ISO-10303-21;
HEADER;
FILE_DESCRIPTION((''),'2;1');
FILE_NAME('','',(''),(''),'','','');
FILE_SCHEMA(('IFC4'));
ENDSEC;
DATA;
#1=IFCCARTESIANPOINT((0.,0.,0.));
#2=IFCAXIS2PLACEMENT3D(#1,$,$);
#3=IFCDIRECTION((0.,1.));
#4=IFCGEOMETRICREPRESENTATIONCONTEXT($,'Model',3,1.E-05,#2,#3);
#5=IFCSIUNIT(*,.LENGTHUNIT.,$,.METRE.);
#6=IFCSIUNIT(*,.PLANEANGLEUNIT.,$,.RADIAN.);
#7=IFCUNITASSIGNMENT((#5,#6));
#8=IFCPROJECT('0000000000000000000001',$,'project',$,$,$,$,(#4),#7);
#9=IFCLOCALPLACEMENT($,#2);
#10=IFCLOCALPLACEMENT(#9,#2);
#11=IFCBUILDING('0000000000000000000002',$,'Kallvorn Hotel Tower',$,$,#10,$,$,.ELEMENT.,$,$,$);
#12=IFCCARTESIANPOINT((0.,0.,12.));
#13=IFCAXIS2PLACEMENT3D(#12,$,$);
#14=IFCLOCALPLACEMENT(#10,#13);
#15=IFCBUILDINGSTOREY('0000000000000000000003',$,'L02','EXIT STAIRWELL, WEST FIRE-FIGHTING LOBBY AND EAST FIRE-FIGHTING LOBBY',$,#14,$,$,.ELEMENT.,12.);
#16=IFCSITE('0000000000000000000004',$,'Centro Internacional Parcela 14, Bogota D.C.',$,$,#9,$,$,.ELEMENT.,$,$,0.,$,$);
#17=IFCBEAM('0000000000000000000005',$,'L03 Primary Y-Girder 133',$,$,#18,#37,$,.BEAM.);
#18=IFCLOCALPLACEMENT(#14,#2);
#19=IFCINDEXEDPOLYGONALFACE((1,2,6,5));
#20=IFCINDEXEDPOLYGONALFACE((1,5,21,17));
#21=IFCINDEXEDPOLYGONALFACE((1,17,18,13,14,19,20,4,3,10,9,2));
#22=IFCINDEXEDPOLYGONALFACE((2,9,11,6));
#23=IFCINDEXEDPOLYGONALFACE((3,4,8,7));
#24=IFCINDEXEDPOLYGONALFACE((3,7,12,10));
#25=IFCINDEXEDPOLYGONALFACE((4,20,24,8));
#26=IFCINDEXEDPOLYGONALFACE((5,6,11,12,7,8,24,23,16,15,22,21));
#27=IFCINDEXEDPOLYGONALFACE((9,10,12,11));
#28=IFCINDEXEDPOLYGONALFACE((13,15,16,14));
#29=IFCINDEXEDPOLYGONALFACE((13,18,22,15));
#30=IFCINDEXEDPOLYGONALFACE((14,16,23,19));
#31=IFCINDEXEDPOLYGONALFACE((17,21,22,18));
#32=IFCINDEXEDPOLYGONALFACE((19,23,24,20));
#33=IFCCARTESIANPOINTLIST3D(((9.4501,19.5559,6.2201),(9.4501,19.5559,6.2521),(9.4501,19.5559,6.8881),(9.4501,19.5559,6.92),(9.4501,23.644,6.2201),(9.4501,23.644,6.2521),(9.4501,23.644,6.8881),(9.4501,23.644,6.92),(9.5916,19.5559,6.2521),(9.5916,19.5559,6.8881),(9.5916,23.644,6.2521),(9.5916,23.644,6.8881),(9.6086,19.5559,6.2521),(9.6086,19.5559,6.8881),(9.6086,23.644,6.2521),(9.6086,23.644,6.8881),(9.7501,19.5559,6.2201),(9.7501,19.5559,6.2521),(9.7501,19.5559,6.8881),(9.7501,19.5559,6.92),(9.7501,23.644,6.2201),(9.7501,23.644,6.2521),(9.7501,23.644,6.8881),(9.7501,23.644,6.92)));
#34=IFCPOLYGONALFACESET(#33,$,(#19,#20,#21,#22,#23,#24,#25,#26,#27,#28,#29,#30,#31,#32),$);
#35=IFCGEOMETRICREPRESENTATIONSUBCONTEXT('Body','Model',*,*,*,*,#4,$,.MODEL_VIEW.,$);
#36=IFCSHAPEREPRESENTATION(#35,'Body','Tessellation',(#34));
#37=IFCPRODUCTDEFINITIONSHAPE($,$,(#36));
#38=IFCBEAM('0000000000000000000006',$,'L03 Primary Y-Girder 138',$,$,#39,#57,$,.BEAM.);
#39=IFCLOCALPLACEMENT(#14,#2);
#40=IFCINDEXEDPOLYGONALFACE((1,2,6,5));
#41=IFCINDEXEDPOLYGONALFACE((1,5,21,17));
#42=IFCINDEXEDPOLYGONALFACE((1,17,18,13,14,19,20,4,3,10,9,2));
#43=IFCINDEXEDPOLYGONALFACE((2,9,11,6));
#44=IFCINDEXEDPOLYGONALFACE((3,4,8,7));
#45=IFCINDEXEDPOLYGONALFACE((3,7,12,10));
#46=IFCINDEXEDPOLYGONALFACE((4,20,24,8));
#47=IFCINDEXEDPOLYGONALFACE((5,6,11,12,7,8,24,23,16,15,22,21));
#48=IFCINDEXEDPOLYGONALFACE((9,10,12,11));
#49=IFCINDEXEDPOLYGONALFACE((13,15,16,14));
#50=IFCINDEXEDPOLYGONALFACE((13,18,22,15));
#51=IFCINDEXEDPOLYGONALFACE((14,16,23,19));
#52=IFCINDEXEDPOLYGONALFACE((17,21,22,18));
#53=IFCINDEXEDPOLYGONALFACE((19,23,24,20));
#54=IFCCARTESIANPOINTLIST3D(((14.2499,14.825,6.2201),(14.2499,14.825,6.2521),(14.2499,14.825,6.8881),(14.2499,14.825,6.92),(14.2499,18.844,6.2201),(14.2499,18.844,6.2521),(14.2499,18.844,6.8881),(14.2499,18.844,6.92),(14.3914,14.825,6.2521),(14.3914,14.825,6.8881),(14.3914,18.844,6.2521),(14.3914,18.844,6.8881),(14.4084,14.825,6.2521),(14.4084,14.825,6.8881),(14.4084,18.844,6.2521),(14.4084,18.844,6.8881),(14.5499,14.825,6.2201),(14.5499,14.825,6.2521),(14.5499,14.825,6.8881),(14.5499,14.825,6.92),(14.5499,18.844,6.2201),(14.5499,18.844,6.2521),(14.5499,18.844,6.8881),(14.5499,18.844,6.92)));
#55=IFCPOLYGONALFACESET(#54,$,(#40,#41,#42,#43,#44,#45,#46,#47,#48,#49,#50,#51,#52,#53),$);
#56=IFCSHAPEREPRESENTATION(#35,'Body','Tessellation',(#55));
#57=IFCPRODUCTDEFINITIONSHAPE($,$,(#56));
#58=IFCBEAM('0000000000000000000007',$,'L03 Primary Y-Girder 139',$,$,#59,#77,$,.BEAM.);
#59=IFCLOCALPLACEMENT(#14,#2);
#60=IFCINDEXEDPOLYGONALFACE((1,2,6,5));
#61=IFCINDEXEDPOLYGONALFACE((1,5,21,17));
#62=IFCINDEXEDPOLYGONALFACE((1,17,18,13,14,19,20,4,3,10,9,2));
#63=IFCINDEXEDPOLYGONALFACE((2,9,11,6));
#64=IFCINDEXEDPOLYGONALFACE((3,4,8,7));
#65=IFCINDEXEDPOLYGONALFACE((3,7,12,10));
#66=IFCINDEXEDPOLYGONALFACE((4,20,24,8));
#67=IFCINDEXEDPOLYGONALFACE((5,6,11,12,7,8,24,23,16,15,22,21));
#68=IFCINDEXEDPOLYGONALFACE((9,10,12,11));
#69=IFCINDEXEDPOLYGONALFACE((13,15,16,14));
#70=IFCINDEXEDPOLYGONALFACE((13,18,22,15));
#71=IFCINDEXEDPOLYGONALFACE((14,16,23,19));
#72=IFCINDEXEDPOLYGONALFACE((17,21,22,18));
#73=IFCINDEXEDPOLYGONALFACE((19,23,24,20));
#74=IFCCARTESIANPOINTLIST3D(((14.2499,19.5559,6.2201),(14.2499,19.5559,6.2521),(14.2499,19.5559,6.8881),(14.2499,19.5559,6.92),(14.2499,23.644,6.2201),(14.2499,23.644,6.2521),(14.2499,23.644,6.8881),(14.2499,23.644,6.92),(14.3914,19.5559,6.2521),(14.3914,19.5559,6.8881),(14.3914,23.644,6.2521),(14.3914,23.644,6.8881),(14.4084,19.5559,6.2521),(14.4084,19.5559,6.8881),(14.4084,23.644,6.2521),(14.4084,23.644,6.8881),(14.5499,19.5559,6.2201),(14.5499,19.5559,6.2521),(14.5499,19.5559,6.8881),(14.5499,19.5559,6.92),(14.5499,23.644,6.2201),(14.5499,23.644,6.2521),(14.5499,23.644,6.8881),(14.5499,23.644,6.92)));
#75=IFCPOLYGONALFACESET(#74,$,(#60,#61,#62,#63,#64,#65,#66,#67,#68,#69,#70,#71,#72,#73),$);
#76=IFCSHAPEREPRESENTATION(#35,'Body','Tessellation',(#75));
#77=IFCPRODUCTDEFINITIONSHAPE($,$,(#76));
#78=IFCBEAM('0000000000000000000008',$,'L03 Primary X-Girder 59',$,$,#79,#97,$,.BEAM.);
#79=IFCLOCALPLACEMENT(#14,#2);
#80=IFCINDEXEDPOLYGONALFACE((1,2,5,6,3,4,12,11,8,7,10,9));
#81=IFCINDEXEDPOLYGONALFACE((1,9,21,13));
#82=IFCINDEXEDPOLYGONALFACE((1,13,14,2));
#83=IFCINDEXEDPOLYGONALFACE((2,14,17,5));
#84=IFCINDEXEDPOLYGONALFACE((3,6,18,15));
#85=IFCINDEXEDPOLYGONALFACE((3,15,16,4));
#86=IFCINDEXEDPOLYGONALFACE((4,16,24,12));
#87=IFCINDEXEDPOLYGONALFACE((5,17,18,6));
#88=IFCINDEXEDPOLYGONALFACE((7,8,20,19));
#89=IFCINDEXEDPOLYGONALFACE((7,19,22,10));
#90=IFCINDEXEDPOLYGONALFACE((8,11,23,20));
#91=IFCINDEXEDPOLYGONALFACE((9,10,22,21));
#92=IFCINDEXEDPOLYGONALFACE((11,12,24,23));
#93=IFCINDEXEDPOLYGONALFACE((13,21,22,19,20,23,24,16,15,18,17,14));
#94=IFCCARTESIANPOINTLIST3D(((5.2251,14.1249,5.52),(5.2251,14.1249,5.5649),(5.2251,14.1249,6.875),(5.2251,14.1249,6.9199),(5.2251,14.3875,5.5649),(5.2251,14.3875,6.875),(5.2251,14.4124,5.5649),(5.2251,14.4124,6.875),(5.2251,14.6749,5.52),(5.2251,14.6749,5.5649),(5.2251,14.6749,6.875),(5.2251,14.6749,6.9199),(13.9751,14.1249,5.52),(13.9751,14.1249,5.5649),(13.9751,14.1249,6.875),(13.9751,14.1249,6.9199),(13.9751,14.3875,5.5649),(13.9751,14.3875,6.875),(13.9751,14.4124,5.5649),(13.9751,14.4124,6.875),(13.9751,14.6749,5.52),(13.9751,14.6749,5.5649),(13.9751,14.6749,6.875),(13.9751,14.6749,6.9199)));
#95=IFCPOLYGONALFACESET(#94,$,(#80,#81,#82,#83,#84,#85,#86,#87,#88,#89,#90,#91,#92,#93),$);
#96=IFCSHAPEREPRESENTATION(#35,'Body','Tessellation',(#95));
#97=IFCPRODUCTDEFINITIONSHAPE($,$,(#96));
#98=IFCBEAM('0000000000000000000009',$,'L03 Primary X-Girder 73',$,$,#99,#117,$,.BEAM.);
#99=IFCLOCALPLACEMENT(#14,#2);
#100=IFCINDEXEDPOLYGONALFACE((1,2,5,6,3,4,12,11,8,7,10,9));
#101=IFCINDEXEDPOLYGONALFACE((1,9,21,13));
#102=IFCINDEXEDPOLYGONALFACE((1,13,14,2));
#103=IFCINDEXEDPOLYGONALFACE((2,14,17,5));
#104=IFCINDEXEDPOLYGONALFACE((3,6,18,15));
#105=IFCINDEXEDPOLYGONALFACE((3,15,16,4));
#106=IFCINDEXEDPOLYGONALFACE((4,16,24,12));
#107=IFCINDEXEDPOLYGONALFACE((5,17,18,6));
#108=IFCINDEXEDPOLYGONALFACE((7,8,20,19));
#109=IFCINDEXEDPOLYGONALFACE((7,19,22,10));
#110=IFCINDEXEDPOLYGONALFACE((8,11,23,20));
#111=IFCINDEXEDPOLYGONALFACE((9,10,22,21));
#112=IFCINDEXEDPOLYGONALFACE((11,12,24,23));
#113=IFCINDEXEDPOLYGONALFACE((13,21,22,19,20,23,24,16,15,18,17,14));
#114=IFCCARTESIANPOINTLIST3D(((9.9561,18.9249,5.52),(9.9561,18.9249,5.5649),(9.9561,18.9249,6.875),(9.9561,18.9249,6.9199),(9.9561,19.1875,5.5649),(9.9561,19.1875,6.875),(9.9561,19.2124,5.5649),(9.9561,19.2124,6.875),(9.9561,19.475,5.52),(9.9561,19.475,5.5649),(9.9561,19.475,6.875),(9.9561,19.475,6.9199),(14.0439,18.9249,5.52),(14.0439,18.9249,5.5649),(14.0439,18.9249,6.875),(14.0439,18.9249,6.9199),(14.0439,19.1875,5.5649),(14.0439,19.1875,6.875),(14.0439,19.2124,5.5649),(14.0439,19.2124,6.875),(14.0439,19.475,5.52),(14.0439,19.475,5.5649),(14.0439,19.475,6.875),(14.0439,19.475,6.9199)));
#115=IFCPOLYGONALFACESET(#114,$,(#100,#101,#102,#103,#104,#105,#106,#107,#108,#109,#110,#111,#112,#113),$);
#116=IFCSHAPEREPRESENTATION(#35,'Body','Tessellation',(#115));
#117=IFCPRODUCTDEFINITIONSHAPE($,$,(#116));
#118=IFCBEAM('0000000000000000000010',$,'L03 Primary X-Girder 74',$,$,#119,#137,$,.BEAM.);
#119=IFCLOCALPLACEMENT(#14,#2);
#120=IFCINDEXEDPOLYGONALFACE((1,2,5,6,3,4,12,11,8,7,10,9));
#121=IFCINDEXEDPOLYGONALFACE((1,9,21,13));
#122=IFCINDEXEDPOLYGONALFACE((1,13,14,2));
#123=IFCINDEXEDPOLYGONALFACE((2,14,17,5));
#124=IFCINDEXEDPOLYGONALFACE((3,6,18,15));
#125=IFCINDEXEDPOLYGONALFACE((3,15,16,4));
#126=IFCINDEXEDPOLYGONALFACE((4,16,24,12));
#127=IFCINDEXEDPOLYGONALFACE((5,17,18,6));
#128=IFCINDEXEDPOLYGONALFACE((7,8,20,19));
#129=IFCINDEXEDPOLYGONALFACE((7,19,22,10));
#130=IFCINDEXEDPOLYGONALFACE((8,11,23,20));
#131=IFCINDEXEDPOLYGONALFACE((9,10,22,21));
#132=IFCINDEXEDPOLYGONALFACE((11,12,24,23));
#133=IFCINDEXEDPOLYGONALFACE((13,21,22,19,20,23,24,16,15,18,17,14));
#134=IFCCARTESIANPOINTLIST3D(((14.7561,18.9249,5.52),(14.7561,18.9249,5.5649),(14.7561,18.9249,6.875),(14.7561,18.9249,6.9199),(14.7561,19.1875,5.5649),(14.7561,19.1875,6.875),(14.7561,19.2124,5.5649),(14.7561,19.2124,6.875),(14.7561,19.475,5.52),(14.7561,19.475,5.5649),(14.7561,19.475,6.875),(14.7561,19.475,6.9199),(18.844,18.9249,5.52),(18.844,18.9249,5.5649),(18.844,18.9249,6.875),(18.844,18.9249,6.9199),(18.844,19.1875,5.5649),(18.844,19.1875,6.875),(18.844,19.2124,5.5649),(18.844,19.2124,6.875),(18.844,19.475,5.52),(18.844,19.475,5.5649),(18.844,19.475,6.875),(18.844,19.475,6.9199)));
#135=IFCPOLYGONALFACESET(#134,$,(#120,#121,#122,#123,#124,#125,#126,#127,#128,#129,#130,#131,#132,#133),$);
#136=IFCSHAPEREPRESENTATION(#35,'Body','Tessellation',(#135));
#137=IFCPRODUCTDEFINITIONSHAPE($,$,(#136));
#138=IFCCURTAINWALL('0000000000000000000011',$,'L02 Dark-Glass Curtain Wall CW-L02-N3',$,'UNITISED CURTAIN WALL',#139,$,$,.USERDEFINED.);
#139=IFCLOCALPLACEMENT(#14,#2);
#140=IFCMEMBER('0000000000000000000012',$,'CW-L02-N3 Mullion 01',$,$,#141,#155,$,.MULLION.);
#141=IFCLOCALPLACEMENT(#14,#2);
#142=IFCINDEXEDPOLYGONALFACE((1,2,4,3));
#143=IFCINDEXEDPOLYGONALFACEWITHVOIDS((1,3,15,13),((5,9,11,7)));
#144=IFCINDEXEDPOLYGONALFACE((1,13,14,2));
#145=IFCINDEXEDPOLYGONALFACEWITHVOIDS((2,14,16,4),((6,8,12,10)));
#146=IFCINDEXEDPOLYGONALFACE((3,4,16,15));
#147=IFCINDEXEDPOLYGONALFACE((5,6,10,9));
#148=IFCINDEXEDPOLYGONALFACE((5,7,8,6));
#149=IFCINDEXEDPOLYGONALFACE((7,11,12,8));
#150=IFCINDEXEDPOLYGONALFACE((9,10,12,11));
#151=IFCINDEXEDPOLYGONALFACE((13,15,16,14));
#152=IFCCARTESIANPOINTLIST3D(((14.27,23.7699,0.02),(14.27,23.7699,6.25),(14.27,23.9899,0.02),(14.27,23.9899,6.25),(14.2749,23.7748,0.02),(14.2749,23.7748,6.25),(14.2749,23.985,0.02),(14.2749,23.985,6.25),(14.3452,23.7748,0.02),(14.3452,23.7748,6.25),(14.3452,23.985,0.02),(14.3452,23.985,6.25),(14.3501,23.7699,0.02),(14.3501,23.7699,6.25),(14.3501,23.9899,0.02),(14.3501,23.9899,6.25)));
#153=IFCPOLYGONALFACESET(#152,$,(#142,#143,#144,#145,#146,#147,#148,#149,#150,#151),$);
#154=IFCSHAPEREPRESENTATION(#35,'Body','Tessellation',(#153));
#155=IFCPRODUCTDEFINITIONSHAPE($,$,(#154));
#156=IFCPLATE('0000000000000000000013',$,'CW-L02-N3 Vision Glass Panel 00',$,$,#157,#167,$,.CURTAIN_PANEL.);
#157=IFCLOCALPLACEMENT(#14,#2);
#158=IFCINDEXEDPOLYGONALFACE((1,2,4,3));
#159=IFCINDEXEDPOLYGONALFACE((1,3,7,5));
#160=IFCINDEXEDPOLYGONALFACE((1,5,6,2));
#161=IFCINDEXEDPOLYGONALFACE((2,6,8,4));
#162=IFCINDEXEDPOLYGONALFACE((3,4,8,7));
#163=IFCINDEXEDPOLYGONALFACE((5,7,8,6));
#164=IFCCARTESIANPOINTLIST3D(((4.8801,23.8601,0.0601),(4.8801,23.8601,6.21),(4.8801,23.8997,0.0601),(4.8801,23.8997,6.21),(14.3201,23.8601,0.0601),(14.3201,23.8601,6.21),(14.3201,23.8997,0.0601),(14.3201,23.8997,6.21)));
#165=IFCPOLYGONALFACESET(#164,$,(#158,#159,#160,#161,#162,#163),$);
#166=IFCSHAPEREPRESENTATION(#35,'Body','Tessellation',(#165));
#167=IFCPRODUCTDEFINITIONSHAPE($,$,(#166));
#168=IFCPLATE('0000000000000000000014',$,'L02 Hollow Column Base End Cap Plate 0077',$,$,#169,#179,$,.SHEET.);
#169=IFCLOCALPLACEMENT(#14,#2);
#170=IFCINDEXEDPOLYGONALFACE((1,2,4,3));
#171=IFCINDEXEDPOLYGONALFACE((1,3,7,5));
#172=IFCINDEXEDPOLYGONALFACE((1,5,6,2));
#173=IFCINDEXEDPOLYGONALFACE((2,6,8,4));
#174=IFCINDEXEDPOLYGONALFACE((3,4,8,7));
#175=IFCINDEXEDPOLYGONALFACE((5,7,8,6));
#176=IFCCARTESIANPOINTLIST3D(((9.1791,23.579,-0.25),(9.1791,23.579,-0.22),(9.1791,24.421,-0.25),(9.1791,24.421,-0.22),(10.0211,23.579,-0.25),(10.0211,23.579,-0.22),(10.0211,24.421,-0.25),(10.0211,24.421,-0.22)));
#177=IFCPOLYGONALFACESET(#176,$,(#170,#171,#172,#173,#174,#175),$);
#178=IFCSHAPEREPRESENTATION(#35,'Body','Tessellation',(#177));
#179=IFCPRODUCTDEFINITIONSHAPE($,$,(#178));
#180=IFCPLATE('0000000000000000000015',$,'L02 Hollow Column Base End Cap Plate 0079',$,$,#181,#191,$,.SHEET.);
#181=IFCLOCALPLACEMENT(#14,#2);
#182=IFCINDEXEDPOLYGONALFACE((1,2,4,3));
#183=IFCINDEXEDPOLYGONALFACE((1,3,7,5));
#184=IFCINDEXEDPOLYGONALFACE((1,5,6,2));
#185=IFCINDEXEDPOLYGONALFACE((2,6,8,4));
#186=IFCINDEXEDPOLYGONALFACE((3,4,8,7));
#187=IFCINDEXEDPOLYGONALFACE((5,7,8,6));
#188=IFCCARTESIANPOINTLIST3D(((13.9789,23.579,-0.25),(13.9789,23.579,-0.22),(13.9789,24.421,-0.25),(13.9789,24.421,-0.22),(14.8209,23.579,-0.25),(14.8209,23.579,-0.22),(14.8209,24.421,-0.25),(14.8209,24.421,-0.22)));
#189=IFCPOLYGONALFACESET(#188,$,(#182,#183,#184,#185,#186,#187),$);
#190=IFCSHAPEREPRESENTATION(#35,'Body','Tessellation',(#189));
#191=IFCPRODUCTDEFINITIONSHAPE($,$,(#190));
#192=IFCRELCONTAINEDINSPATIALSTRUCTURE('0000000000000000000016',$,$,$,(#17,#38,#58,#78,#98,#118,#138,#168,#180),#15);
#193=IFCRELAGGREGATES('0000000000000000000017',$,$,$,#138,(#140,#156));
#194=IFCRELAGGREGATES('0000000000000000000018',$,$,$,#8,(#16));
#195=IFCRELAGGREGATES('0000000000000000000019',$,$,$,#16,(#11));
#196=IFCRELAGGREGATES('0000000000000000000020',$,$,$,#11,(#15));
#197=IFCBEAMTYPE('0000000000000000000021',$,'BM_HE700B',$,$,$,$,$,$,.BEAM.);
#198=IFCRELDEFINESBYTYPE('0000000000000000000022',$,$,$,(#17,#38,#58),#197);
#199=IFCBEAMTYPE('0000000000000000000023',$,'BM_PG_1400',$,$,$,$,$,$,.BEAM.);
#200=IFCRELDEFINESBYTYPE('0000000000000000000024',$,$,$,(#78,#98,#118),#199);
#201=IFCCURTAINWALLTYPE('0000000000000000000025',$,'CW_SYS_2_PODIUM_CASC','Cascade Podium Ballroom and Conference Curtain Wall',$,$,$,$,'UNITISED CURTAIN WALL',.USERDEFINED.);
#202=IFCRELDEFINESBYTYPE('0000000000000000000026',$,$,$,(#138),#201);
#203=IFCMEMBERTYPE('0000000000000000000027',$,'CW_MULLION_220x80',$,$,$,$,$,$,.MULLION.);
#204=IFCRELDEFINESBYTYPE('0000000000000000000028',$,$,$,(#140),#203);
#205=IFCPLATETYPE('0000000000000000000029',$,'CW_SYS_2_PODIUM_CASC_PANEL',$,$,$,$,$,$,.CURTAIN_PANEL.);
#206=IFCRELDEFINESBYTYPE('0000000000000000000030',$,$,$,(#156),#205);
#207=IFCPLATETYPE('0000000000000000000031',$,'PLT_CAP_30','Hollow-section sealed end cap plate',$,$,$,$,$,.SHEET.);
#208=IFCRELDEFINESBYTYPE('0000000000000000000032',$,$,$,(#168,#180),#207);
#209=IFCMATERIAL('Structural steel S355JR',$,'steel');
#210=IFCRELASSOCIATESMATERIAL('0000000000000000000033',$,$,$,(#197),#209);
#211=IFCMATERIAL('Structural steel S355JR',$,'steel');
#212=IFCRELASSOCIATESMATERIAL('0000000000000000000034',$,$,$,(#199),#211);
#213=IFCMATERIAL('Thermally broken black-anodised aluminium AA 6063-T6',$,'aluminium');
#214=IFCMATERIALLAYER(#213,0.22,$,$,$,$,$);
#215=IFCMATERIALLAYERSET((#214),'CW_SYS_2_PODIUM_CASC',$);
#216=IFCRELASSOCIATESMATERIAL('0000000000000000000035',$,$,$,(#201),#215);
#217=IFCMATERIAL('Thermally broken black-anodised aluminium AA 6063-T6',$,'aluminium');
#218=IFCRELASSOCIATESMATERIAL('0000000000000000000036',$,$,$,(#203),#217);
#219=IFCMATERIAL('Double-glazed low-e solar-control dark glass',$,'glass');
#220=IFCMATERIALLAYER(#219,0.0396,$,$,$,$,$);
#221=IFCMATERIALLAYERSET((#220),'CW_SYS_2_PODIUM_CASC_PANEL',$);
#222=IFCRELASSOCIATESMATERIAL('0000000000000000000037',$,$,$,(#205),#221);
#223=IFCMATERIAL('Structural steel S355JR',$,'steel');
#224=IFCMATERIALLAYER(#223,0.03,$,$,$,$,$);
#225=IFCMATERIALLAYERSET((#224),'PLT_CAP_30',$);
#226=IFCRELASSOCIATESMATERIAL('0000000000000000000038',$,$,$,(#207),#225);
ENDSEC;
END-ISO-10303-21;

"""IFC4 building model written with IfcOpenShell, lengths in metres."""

from ifc_helpers import new_model, si_unit, direction, frame, origin, origin_2d, place, context, subcontext, project, spatial, rectangle, hollow_rectangle, i_section, extrude, material, layer, layer_set, material_profile, profile_set, type_object, element, aggregate, save


model = new_model("IFC4")

# Units and contexts
model_context = context("Model", 3, precision=1e-05, world=origin(), true_north=direction((0.0, 1.0)))
body_context = subcontext(model_context, "Body", "Model", "MODEL_VIEW")
ifc_project = project(units=[si_unit("LENGTHUNIT", "METRE"), si_unit("PLANEANGLEUNIT", "RADIAN")], contexts=[model_context])

# Site, building, storey
site_placement = place(None, origin())
site = spatial("IfcSite", under=ifc_project, at=site_placement, Name="Centro Internacional Parcela 14, Bogota D.C.", CompositionType="ELEMENT", RefElevation=0.0)
building_placement = place(site_placement, origin())
building = spatial("IfcBuilding", under=site, at=building_placement, Name="Kallvorn Hotel Tower", CompositionType="ELEMENT")
storey_placement = place(building_placement, frame((0.0, 0.0, 12.0)))
storey = spatial("IfcBuildingStorey", under=building, at=storey_placement, Name="L02", Description="EXIT STAIRWELL, WEST FIRE-FIGHTING LOBBY AND EAST FIRE-FIGHTING LOBBY", CompositionType="ELEMENT", Elevation=12.0)

# Beams
ifc_material_1 = material(Name="Structural steel S355JR", Category="steel")
ifc_material_profile_1 = material_profile(ifc_material_1, i_section(OverallWidth=0.3, OverallDepth=0.7, WebThickness=0.0171, FlangeThickness=0.032, at=origin_2d()), Name="HE 700 B")
ifc_profile_set_1 = profile_set([ifc_material_profile_1], Name="Structural steel S355JR")
beam_type_1 = type_object("IfcBeamType", Name="BM_HE700B", PredefinedType="BEAM", material=ifc_profile_set_1)
beam_1_placement = place(storey_placement, frame((9.6001, 19.5559, 6.5701), z_axis=(0.0, 1.0, 0.0), x_axis=(-1.0, 0.0, 0.0)))
element("IfcBeam", 1, at=beam_1_placement, inside=storey, type_object=beam_type_1, Name="L03 Primary Y-Girder 133", PredefinedType="BEAM", context=body_context, shape_type="SweptSolid", body=[
    extrude(i_section(OverallWidth=0.3, OverallDepth=0.7, WebThickness=0.0171, FlangeThickness=0.032, at=origin_2d()), origin(), (0.0, 0.0, 1.0), 4.0881),
])
beam_2_placement = place(storey_placement, frame((14.3999, 14.825, 6.5701), z_axis=(0.0, 1.0, 0.0), x_axis=(-1.0, 0.0, 0.0)))
element("IfcBeam", 2, at=beam_2_placement, inside=storey, type_object=beam_type_1, Name="L03 Primary Y-Girder 138", PredefinedType="BEAM", context=body_context, shape_type="SweptSolid", body=[
    extrude(i_section(OverallWidth=0.3, OverallDepth=0.7, WebThickness=0.0171, FlangeThickness=0.032, at=origin_2d()), origin(), (0.0, 0.0, 1.0), 4.019),
])
beam_3_placement = place(storey_placement, frame((14.3999, 19.5559, 6.5701), z_axis=(0.0, 1.0, 0.0), x_axis=(-1.0, 0.0, 0.0)))
element("IfcBeam", 3, at=beam_3_placement, inside=storey, type_object=beam_type_1, Name="L03 Primary Y-Girder 139", PredefinedType="BEAM", context=body_context, shape_type="SweptSolid", body=[
    extrude(i_section(OverallWidth=0.3, OverallDepth=0.7, WebThickness=0.0171, FlangeThickness=0.032, at=origin_2d()), origin(), (0.0, 0.0, 1.0), 4.0881),
])
ifc_material_2 = material(Name="Structural steel S355JR", Category="steel")
ifc_material_profile_2 = material_profile(ifc_material_2, i_section(OverallWidth=0.55, OverallDepth=1.3999, WebThickness=0.0249, FlangeThickness=0.0449, at=origin_2d()), Name="PG 1400x550x25x45")
ifc_profile_set_2 = profile_set([ifc_material_profile_2], Name="Structural steel S355JR")
beam_type_2 = type_object("IfcBeamType", Name="BM_PG_1400", PredefinedType="BEAM", material=ifc_profile_set_2)
beam_4_placement = place(storey_placement, frame((5.2251, 14.3999, 6.22), z_axis=(1.0, 0.0, 0.0), x_axis=(0.0, 1.0, 0.0)))
element("IfcBeam", 4, at=beam_4_placement, inside=storey, type_object=beam_type_2, Name="L03 Primary X-Girder 59", PredefinedType="BEAM", context=body_context, shape_type="SweptSolid", body=[
    extrude(i_section(OverallWidth=0.55, OverallDepth=1.3999, WebThickness=0.0249, FlangeThickness=0.0449, at=origin_2d()), origin(), (0.0, 0.0, 1.0), 8.75),
])
for number, where, z_axis, x_axis, name in (
    (5, (9.9561, 19.2, 6.22), (1.0, 0.0, 0.0), (0.0, 1.0, 0.0), "L03 Primary X-Girder 73"),
    (6, (14.7561, 19.2, 6.22), (1.0, 0.0, 0.0), (0.0, 1.0, 0.0), "L03 Primary X-Girder 74"),
):
    element("IfcBeam", number, at=place(storey_placement, frame(where, z_axis=z_axis, x_axis=x_axis)), inside=storey, type_object=beam_type_2, Name=name, PredefinedType="BEAM", context=body_context, shape_type="SweptSolid", body=[
        extrude(i_section(OverallWidth=0.55, OverallDepth=1.3999, WebThickness=0.0249, FlangeThickness=0.0449, at=origin_2d()), origin(), (0.0, 0.0, 1.0), 4.0879),
    ])

# Curtain wall, member, plate
ifc_material_3 = material(Name="Thermally broken black-anodised aluminium AA 6063-T6", Category="aluminium")
ifc_layer_1 = layer(ifc_material_3, 0.22)
ifc_layer_set_1 = layer_set([ifc_layer_1], Name="CW_SYS_2_PODIUM_CASC")
curtain_wall_type = type_object("IfcCurtainWallType", Name="CW_SYS_2_PODIUM_CASC", Description="Cascade Podium Ballroom and Conference Curtain Wall", ElementType="UNITISED CURTAIN WALL", PredefinedType="USERDEFINED", material=ifc_layer_set_1)
curtain_wall_placement = place(storey_placement, origin())
curtain_wall = element("IfcCurtainWall", 7, at=curtain_wall_placement, inside=storey, type_object=curtain_wall_type, Name="L02 Dark-Glass Curtain Wall CW-L02-N3", ObjectType="UNITISED CURTAIN WALL", PredefinedType="USERDEFINED")
ifc_material_4 = material(Name="Thermally broken black-anodised aluminium AA 6063-T6", Category="aluminium")
ifc_material_profile_3 = material_profile(ifc_material_4, hollow_rectangle(XDim=0.0801, YDim=0.22, WallThickness=0.0049, at=origin_2d()), Name="MUL 220x80")
ifc_profile_set_3 = profile_set([ifc_material_profile_3], Name="Thermally broken black-anodised aluminium AA 6063-T6")
member_type = type_object("IfcMemberType", Name="CW_MULLION_220x80", PredefinedType="MULLION", material=ifc_profile_set_3)
member_placement = place(storey_placement, frame((14.3101, 23.8799, 0.02), z_axis=(0.0, 0.0, 1.0), x_axis=(1.0, 0.0, 0.0)))
member = element("IfcMember", 8, at=member_placement, type_object=member_type, Name="CW-L02-N3 Mullion 01", PredefinedType="MULLION", context=body_context, shape_type="SweptSolid", body=[
    extrude(hollow_rectangle(XDim=0.0801, YDim=0.22, WallThickness=0.0049, at=origin_2d()), origin(), (0.0, 0.0, 1.0), 6.23),
])
ifc_material_5 = material(Name="Double-glazed low-e solar-control dark glass", Category="glass")
ifc_layer_2 = layer(ifc_material_5, 0.0396)
ifc_layer_set_2 = layer_set([ifc_layer_2], Name="CW_SYS_2_PODIUM_CASC_PANEL")
plate_type_1 = type_object("IfcPlateType", Name="CW_SYS_2_PODIUM_CASC_PANEL", PredefinedType="CURTAIN_PANEL", material=ifc_layer_set_2)
plate_placement = place(storey_placement, frame((9.6001, 23.8799, 0.0601), z_axis=(0.0, 0.0, 1.0), x_axis=(1.0, 0.0, 0.0)))
plate = element("IfcPlate", 9, at=plate_placement, type_object=plate_type_1, Name="CW-L02-N3 Vision Glass Panel 00", PredefinedType="CURTAIN_PANEL", context=body_context, shape_type="SweptSolid", body=[
    extrude(rectangle(XDim=9.4399, YDim=0.0396, at=origin_2d()), origin(), (0.0, 0.0, 1.0), 6.1499),
])
aggregate(curtain_wall, [member, plate])

# Plates
ifc_material_6 = material(Name="Structural steel S355JR", Category="steel")
ifc_layer_3 = layer(ifc_material_6, 0.03)
ifc_layer_set_3 = layer_set([ifc_layer_3], Name="PLT_CAP_30")
plate_type_2 = type_object("IfcPlateType", Name="PLT_CAP_30", Description="Hollow-section sealed end cap plate", PredefinedType="SHEET", material=ifc_layer_set_3)
for number, where, z_axis, x_axis, name in (
    (10, (9.6001, 24.0, -0.25), (0.0, 0.0, 1.0), (1.0, 0.0, 0.0), "L02 Hollow Column Base End Cap Plate 0077"),
    (11, (14.3999, 24.0, -0.25), (0.0, 0.0, 1.0), (1.0, 0.0, 0.0), "L02 Hollow Column Base End Cap Plate 0079"),
):
    element("IfcPlate", number, at=place(storey_placement, frame(where, z_axis=z_axis, x_axis=x_axis)), inside=storey, type_object=plate_type_2, Name=name, PredefinedType="SHEET", context=body_context, shape_type="SweptSolid", body=[
        extrude(rectangle(XDim=0.842, YDim=0.842, at=origin_2d()), origin(), (0.0, 0.0, 1.0), 0.03),
    ])

save(model, "model.ifc")
